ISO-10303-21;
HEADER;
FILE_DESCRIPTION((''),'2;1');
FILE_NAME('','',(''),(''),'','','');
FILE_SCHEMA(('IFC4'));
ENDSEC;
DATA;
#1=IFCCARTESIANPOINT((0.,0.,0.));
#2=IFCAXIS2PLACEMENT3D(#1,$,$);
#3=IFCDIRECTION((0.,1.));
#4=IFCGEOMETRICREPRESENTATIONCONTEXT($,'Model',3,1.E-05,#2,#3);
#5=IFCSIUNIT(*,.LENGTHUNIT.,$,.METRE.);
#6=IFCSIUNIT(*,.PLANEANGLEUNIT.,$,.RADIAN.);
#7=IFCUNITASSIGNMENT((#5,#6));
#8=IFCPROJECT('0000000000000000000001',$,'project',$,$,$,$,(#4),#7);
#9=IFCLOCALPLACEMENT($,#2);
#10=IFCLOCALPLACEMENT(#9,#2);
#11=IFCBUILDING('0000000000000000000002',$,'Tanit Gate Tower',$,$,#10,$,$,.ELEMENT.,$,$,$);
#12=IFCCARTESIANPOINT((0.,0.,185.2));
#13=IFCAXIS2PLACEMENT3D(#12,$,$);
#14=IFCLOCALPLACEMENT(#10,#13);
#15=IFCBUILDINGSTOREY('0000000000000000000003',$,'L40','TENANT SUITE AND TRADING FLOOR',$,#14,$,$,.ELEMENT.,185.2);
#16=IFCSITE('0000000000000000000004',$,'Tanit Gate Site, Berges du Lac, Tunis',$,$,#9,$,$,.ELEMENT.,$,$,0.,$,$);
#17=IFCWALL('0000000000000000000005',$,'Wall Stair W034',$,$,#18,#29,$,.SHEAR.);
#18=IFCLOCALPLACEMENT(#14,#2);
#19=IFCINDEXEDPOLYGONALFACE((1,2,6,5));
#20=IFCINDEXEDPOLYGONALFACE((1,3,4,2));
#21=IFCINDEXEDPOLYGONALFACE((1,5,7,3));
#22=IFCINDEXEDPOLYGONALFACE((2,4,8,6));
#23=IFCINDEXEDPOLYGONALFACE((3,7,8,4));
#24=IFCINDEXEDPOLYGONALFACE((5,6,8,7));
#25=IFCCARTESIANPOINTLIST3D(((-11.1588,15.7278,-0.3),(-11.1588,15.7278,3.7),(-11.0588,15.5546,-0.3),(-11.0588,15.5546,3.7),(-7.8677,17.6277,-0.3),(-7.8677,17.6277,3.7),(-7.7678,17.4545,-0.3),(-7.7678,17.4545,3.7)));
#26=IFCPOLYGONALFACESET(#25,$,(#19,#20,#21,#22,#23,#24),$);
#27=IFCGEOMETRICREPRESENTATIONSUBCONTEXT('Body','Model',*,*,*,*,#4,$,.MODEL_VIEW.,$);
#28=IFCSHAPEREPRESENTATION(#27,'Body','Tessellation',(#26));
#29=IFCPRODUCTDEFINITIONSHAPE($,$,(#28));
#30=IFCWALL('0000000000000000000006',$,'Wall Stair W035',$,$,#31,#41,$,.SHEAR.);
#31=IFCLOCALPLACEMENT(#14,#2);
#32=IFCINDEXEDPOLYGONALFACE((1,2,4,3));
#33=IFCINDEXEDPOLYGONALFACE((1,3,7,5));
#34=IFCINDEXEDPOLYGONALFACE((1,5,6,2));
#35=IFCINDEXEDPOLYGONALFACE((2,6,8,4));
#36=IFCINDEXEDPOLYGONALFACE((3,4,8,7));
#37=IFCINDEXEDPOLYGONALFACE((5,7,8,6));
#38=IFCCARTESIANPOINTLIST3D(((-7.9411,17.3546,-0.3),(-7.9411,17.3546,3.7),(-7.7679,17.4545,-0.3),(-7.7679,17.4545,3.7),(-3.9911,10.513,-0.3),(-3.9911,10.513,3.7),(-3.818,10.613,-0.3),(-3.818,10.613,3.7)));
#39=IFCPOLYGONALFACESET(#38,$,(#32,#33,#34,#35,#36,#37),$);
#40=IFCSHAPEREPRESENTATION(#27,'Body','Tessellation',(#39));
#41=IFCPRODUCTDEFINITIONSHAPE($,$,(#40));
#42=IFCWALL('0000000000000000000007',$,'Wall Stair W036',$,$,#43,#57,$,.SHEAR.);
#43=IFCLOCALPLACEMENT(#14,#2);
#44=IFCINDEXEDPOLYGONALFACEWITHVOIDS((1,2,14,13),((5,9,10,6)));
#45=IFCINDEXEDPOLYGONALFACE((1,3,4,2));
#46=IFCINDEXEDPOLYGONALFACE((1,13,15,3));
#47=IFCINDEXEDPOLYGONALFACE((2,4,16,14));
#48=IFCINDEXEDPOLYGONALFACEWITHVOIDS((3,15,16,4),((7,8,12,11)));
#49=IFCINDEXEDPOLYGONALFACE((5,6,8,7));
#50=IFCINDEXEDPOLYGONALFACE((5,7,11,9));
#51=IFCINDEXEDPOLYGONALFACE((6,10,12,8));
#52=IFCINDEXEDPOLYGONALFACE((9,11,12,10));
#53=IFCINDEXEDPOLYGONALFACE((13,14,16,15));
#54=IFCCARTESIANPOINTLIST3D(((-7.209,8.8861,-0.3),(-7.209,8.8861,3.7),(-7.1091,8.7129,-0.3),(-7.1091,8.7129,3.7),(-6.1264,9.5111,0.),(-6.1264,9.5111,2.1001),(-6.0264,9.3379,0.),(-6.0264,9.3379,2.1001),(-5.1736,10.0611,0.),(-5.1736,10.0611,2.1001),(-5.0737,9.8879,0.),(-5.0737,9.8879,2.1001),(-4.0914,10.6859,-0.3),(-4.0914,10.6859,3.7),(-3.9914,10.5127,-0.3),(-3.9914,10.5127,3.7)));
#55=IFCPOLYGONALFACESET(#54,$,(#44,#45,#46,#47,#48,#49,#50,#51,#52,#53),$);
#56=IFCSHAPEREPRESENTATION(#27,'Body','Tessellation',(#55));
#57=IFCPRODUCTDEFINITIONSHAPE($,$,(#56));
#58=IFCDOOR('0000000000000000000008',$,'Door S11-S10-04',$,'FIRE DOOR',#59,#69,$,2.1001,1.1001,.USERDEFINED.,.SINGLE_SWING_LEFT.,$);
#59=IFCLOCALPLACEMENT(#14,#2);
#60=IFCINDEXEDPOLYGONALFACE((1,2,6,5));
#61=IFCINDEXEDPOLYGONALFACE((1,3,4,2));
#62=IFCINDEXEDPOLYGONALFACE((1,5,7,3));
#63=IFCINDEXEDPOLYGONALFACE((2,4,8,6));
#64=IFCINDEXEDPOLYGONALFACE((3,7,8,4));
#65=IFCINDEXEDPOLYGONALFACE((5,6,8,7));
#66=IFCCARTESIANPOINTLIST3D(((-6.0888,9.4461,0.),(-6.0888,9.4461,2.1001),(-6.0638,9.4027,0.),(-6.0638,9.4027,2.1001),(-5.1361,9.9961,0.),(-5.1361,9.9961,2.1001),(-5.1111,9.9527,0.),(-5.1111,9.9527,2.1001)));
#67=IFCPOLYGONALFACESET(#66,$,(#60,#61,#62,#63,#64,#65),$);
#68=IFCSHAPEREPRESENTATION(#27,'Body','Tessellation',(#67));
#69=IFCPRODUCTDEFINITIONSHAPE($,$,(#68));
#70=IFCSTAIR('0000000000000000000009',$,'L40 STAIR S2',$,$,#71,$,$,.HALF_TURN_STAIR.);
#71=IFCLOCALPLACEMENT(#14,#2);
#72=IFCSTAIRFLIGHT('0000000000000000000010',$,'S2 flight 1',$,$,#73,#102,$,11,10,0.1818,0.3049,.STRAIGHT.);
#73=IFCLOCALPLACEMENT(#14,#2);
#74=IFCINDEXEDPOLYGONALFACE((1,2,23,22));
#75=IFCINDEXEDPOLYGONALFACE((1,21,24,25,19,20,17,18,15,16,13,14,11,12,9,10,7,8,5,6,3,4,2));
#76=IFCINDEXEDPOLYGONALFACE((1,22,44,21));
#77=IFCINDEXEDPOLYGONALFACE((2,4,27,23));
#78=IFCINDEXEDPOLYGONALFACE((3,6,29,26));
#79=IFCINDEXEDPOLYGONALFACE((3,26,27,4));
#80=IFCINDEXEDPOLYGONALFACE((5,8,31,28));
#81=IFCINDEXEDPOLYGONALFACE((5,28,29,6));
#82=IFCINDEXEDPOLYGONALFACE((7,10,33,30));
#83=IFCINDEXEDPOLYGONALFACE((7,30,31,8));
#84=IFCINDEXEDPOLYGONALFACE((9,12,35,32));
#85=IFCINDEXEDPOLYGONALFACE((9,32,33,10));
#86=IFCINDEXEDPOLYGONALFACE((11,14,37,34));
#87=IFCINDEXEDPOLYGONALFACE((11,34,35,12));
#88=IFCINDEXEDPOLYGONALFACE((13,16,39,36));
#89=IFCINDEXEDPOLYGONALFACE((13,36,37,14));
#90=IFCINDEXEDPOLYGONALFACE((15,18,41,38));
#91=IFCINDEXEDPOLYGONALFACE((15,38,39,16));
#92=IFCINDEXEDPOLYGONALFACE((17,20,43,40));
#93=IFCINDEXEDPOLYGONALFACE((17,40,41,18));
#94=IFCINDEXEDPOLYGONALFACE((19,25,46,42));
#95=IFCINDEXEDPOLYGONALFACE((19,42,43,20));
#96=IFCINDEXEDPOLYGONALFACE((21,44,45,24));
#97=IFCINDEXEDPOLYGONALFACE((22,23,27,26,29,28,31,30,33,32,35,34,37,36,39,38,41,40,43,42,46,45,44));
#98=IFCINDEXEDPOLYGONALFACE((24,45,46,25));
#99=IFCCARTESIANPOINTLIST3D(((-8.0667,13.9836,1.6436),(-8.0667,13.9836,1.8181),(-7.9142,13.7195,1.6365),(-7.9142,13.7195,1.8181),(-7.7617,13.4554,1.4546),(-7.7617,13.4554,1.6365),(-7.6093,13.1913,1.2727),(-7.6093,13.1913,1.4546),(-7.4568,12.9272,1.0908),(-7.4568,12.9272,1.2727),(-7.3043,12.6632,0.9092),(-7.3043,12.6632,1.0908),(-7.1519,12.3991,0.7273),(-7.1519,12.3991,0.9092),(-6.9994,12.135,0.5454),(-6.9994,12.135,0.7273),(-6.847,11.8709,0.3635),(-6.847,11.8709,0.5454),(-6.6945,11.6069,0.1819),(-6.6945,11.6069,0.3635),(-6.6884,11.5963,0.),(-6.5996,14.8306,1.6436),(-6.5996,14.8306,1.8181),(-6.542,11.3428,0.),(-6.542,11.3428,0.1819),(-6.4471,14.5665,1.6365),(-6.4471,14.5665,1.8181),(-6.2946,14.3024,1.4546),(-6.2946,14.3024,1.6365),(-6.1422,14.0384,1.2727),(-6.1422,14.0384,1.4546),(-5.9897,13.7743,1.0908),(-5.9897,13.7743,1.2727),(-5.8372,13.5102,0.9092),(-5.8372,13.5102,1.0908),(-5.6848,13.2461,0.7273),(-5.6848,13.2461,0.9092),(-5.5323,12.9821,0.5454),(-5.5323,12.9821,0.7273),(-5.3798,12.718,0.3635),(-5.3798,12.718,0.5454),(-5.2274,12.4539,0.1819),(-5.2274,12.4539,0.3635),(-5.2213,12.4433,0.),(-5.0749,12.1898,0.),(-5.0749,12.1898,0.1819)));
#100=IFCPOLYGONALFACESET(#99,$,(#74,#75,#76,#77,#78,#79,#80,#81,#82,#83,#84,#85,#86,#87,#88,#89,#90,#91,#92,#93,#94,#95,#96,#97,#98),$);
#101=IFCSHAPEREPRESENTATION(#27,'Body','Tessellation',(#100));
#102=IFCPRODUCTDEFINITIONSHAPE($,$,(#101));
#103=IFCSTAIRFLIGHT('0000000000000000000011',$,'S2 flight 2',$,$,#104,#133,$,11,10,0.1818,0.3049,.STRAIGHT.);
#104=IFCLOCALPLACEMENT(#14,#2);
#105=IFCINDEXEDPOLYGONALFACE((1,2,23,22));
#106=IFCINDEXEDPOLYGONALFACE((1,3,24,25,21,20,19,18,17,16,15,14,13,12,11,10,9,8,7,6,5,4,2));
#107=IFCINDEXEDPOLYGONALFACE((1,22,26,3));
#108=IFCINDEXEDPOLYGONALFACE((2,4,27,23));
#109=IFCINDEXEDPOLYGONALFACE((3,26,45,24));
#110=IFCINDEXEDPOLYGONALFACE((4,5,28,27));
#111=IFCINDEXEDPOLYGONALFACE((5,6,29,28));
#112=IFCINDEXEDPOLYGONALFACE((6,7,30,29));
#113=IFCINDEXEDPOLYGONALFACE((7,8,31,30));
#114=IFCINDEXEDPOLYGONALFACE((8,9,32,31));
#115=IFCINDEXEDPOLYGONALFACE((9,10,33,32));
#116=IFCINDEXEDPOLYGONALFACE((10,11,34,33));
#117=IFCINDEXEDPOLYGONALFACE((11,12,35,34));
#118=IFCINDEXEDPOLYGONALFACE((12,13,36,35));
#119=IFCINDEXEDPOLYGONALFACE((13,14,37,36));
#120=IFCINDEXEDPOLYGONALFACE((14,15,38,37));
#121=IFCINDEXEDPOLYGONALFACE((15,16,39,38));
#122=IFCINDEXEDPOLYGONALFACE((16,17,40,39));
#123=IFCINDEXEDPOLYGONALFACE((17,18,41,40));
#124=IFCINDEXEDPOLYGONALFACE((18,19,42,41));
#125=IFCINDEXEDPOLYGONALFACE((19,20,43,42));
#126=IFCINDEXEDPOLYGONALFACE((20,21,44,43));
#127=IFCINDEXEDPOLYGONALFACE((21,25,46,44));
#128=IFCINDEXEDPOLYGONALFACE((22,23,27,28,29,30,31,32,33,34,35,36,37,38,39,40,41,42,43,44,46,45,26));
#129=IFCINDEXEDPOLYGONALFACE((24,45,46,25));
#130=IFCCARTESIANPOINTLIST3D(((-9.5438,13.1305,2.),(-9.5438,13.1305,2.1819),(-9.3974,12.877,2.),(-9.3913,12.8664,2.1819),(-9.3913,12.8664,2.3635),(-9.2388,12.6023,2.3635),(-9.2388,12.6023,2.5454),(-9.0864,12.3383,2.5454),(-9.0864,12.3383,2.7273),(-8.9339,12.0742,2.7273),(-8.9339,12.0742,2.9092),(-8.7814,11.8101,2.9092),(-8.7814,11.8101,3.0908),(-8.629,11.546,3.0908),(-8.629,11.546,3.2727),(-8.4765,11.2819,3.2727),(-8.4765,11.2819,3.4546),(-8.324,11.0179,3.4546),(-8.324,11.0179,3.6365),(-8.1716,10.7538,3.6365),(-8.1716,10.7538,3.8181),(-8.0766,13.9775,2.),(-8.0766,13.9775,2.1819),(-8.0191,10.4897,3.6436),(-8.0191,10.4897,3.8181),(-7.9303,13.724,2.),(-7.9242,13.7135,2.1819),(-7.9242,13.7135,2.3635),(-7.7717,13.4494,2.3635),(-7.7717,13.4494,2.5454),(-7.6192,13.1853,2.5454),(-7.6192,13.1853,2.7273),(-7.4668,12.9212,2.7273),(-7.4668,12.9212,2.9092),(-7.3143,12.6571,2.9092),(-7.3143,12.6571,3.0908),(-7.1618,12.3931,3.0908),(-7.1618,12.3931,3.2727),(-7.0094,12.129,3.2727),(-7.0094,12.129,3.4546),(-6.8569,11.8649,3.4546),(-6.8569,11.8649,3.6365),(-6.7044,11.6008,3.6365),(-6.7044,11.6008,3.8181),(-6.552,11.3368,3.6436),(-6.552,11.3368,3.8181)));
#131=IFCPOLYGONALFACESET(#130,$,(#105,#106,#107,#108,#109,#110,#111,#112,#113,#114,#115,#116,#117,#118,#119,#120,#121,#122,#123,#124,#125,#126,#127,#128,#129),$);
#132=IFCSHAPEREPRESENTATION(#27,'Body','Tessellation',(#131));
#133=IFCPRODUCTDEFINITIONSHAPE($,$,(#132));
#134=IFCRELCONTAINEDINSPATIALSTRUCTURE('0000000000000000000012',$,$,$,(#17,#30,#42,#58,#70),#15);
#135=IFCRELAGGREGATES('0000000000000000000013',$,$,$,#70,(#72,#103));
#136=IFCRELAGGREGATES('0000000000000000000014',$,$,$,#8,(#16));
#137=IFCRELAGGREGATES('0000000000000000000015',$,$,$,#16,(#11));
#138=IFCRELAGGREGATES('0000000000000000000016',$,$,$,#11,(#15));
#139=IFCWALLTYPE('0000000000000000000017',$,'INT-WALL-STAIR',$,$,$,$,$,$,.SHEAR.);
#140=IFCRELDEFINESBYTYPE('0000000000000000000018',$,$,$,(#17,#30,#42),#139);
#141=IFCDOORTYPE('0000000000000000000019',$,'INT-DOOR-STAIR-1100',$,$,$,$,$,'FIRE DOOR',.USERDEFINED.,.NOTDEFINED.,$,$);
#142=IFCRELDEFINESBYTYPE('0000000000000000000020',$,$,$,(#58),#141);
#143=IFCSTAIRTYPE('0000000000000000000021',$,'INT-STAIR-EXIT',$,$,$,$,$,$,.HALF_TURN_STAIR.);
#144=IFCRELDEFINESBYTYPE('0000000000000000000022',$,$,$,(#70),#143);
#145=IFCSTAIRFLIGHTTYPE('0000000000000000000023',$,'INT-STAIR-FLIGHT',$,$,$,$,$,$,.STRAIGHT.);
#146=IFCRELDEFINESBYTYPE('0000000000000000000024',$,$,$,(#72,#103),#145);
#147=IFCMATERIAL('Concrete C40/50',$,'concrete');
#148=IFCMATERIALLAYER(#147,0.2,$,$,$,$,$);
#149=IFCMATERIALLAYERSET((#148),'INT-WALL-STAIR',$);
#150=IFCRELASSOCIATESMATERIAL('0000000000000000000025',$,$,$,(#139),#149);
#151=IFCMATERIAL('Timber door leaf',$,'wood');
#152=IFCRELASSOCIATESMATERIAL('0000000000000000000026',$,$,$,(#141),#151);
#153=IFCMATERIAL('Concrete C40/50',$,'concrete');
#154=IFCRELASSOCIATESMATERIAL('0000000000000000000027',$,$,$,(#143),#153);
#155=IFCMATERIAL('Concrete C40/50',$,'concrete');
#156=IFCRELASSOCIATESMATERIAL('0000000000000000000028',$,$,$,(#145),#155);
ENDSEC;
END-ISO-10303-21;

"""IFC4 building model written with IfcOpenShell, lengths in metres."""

from ifc_helpers import new_model, si_unit, direction, frame, frame_2d, origin, place, context, subcontext, project, spatial, polyline, rectangle, outline, extrude, material, layer, layer_set, type_object, element, fill, aggregate, save


model = new_model("IFC4")

# Units and contexts
model_context = context("Model", 3, precision=1e-05, world=origin(), true_north=direction((0.0, 1.0)))
body_context = subcontext(model_context, "Body", "Model", "MODEL_VIEW")
ifc_project = project(units=[si_unit("LENGTHUNIT", "METRE"), si_unit("PLANEANGLEUNIT", "RADIAN")], contexts=[model_context])

# Site, building, storey
site_placement = place(None, origin())
site = spatial("IfcSite", under=ifc_project, at=site_placement, Name="Tanit Gate Site, Berges du Lac, Tunis", CompositionType="ELEMENT", RefElevation=0.0)
building_placement = place(site_placement, origin())
building = spatial("IfcBuilding", under=site, at=building_placement, Name="Tanit Gate Tower", CompositionType="ELEMENT")
storey_placement = place(building_placement, frame((0.0, 0.0, 185.2)))
storey = spatial("IfcBuildingStorey", under=building, at=storey_placement, Name="L40", Description="TENANT SUITE AND TRADING FLOOR", CompositionType="ELEMENT", Elevation=185.2)

# Walls
ifc_material_1 = material(Name="Concrete C40/50", Category="concrete")
ifc_layer_1 = layer(ifc_material_1, 0.2)
ifc_layer_set_1 = layer_set([ifc_layer_1], Name="INT-WALL-STAIR")
wall_type_1 = type_object("IfcWallType", Name="INT-WALL-STAIR", PredefinedType="SHEAR", material=ifc_layer_set_1)
wall_1_placement = place(storey_placement, frame((-7.8179, 17.541, -0.3), z_axis=(0.0, 0.0, 1.0), x_axis=(-0.866044, -0.499967, 0.0)))
element("IfcWall", 1, at=wall_1_placement, inside=storey, type_object=wall_type_1, Name="Wall Stair W034", PredefinedType="SHEAR", context=body_context, shape_type="SweptSolid", body=[
    extrude(rectangle(XDim=3.8, YDim=0.2, at=frame_2d((1.8999, 0.0))), origin(), (0.0, 0.0, 1.0), 4.0),
])
wall_2_placement = place(storey_placement, frame((-7.8545, 17.4045, -0.3), z_axis=(0.0, 0.0, 1.0), x_axis=(0.499998, -0.866027, 0.0)))
element("IfcWall", 2, at=wall_2_placement, inside=storey, type_object=wall_type_1, Name="Wall Stair W035", PredefinedType="SHEAR", context=body_context, shape_type="SweptSolid", body=[
    extrude(rectangle(XDim=7.8999, YDim=0.2, at=frame_2d((3.95, 0.0))), origin(), (0.0, 0.0, 1.0), 4.0),
])

# Wall, opening, door
wall_3_placement = place(storey_placement, frame((-7.1589, 8.7996, -0.3), z_axis=(0.0, 0.0, 1.0), x_axis=(0.866048, 0.499961, 0.0)))
wall_3 = element("IfcWall", 3, at=wall_3_placement, inside=storey, type_object=wall_type_1, Name="Wall Stair W036", PredefinedType="SHEAR", context=body_context, shape_type="SweptSolid", body=[
    extrude(rectangle(XDim=3.5999, YDim=0.2, at=frame_2d((1.7998, 0.0))), origin(), (0.0, 0.0, 1.0), 4.0),
])
opening_1_placement = place(wall_3_placement, frame((1.25, 0.0, 0.3)))
opening_1 = element("IfcOpeningElement", 4, at=opening_1_placement, cuts=wall_3, PredefinedType="OPENING", context=body_context, shape_type="SweptSolid", body=[
    extrude(rectangle(XDim=1.1001, YDim=2.1001, at=frame_2d((0.55, 1.05))), frame((0.0, 0.1099, 0.0), z_axis=(0.0, -1.0, 0.0), x_axis=(1.0, 0.0, 0.0)), (0.0, 0.0, 1.0), 0.22),
])
ifc_material_2 = material(Name="Timber door leaf", Category="wood")
door_type_1 = type_object("IfcDoorType", Name="INT-DOOR-STAIR-1100", ElementType="FIRE DOOR", OperationType="NOTDEFINED", PredefinedType="USERDEFINED", material=ifc_material_2)
door_1_placement = place(opening_1_placement, origin())
door_1 = element("IfcDoor", 5, at=door_1_placement, inside=storey, type_object=door_type_1, Name="Door S11-S10-04", ObjectType="FIRE DOOR", OperationType="SINGLE_SWING_LEFT", OverallHeight=2.1001, OverallWidth=1.1001, PredefinedType="USERDEFINED", context=body_context, shape_type="SweptSolid", body=[
    extrude(rectangle(XDim=1.1001, YDim=2.1001, at=frame_2d((0.55, 1.05))), frame((0.0, 0.0249, 0.0), z_axis=(0.0, -1.0, 0.0), x_axis=(1.0, 0.0, 0.0)), (0.0, 0.0, 1.0), 0.05),
])
fill(opening_1, door_1)

# Stair, stair flights
ifc_material_3 = material(Name="Concrete C40/50", Category="concrete")
stair_type = type_object("IfcStairType", Name="INT-STAIR-EXIT", PredefinedType="HALF_TURN_STAIR", material=ifc_material_3)
stair_placement = place(storey_placement, origin())
stair = element("IfcStair", 6, at=stair_placement, inside=storey, type_object=stair_type, Name="L40 STAIR S2", PredefinedType="HALF_TURN_STAIR")
ifc_material_4 = material(Name="Concrete C40/50", Category="concrete")
stair_flight_type = type_object("IfcStairFlightType", Name="INT-STAIR-FLIGHT", PredefinedType="STRAIGHT", material=ifc_material_4)
stair_flight_1_placement = place(storey_placement, frame((-5.8083, 11.7664, 0.0), z_axis=(0.0, 0.0, 1.0), x_axis=(-0.5, 0.866025, 0.0)))
stair_flight_1 = element("IfcStairFlight", 7, at=stair_flight_1_placement, type_object=stair_flight_type, Name="S2 flight 1", NumberOfRisers=11, NumberOfTreads=10, PredefinedType="STRAIGHT", RiserHeight=0.1818, TreadLength=0.3049, context=body_context, shape_type="SweptSolid", body=[
    extrude(outline(polyline([(0.0, 0.0), (0.0, 0.1819), (0.3049, 0.1819), (0.3049, 0.3635), (0.6099, 0.3635), (0.6099, 0.5454), (0.9148, 0.5454), (0.9148, 0.7273), (1.2197, 0.7273), (1.2197, 0.9092), (1.5247, 0.9092), (1.5247, 1.0908), (1.8296, 1.0908), (1.8296, 1.2727), (2.1345, 1.2727), (2.1345, 1.4546), (2.4395, 1.4546), (2.4395, 1.6365), (2.7444, 1.6365), (2.7444, 1.8181), (3.0493, 1.8181), (3.0493, 2.0), (3.0493, 1.6436), (0.2927, 0.0), (0.0, 0.0)])), frame((0.0, 0.8472, 0.0), z_axis=(0.0, -1.0, 0.0), x_axis=(1.0, 0.0, 0.0)), (0.0, 0.0, 1.0), 1.6941),
])
stair_flight_2_placement = place(storey_placement, frame((-8.8103, 13.554, 2.0), z_axis=(0.0, 0.0, 1.0), x_axis=(0.5, -0.866025, 0.0)))
stair_flight_2 = element("IfcStairFlight", 8, at=stair_flight_2_placement, type_object=stair_flight_type, Name="S2 flight 2", NumberOfRisers=11, NumberOfTreads=10, PredefinedType="STRAIGHT", RiserHeight=0.1818, TreadLength=0.3049, context=body_context, shape_type="SweptSolid", body=[
    extrude(outline(polyline([(0.0, 0.0), (0.0, 0.1819), (0.3049, 0.1819), (0.3049, 0.3635), (0.6099, 0.3635), (0.6099, 0.5454), (0.9148, 0.5454), (0.9148, 0.7273), (1.2197, 0.7273), (1.2197, 0.9092), (1.5247, 0.9092), (1.5247, 1.0908), (1.8296, 1.0908), (1.8296, 1.2727), (2.1345, 1.2727), (2.1345, 1.4546), (2.4395, 1.4546), (2.4395, 1.6365), (2.7444, 1.6365), (2.7444, 1.8181), (3.0493, 1.8181), (3.0493, 2.0), (3.0493, 1.6436), (0.2927, 0.0), (0.0, 0.0)])), frame((0.0, 0.8472, 0.0), z_axis=(0.0, -1.0, 0.0), x_axis=(1.0, 0.0, 0.0)), (0.0, 0.0, 1.0), 1.6941),
])
aggregate(stair, [stair_flight_1, stair_flight_2])

save(model, "model.ifc")
